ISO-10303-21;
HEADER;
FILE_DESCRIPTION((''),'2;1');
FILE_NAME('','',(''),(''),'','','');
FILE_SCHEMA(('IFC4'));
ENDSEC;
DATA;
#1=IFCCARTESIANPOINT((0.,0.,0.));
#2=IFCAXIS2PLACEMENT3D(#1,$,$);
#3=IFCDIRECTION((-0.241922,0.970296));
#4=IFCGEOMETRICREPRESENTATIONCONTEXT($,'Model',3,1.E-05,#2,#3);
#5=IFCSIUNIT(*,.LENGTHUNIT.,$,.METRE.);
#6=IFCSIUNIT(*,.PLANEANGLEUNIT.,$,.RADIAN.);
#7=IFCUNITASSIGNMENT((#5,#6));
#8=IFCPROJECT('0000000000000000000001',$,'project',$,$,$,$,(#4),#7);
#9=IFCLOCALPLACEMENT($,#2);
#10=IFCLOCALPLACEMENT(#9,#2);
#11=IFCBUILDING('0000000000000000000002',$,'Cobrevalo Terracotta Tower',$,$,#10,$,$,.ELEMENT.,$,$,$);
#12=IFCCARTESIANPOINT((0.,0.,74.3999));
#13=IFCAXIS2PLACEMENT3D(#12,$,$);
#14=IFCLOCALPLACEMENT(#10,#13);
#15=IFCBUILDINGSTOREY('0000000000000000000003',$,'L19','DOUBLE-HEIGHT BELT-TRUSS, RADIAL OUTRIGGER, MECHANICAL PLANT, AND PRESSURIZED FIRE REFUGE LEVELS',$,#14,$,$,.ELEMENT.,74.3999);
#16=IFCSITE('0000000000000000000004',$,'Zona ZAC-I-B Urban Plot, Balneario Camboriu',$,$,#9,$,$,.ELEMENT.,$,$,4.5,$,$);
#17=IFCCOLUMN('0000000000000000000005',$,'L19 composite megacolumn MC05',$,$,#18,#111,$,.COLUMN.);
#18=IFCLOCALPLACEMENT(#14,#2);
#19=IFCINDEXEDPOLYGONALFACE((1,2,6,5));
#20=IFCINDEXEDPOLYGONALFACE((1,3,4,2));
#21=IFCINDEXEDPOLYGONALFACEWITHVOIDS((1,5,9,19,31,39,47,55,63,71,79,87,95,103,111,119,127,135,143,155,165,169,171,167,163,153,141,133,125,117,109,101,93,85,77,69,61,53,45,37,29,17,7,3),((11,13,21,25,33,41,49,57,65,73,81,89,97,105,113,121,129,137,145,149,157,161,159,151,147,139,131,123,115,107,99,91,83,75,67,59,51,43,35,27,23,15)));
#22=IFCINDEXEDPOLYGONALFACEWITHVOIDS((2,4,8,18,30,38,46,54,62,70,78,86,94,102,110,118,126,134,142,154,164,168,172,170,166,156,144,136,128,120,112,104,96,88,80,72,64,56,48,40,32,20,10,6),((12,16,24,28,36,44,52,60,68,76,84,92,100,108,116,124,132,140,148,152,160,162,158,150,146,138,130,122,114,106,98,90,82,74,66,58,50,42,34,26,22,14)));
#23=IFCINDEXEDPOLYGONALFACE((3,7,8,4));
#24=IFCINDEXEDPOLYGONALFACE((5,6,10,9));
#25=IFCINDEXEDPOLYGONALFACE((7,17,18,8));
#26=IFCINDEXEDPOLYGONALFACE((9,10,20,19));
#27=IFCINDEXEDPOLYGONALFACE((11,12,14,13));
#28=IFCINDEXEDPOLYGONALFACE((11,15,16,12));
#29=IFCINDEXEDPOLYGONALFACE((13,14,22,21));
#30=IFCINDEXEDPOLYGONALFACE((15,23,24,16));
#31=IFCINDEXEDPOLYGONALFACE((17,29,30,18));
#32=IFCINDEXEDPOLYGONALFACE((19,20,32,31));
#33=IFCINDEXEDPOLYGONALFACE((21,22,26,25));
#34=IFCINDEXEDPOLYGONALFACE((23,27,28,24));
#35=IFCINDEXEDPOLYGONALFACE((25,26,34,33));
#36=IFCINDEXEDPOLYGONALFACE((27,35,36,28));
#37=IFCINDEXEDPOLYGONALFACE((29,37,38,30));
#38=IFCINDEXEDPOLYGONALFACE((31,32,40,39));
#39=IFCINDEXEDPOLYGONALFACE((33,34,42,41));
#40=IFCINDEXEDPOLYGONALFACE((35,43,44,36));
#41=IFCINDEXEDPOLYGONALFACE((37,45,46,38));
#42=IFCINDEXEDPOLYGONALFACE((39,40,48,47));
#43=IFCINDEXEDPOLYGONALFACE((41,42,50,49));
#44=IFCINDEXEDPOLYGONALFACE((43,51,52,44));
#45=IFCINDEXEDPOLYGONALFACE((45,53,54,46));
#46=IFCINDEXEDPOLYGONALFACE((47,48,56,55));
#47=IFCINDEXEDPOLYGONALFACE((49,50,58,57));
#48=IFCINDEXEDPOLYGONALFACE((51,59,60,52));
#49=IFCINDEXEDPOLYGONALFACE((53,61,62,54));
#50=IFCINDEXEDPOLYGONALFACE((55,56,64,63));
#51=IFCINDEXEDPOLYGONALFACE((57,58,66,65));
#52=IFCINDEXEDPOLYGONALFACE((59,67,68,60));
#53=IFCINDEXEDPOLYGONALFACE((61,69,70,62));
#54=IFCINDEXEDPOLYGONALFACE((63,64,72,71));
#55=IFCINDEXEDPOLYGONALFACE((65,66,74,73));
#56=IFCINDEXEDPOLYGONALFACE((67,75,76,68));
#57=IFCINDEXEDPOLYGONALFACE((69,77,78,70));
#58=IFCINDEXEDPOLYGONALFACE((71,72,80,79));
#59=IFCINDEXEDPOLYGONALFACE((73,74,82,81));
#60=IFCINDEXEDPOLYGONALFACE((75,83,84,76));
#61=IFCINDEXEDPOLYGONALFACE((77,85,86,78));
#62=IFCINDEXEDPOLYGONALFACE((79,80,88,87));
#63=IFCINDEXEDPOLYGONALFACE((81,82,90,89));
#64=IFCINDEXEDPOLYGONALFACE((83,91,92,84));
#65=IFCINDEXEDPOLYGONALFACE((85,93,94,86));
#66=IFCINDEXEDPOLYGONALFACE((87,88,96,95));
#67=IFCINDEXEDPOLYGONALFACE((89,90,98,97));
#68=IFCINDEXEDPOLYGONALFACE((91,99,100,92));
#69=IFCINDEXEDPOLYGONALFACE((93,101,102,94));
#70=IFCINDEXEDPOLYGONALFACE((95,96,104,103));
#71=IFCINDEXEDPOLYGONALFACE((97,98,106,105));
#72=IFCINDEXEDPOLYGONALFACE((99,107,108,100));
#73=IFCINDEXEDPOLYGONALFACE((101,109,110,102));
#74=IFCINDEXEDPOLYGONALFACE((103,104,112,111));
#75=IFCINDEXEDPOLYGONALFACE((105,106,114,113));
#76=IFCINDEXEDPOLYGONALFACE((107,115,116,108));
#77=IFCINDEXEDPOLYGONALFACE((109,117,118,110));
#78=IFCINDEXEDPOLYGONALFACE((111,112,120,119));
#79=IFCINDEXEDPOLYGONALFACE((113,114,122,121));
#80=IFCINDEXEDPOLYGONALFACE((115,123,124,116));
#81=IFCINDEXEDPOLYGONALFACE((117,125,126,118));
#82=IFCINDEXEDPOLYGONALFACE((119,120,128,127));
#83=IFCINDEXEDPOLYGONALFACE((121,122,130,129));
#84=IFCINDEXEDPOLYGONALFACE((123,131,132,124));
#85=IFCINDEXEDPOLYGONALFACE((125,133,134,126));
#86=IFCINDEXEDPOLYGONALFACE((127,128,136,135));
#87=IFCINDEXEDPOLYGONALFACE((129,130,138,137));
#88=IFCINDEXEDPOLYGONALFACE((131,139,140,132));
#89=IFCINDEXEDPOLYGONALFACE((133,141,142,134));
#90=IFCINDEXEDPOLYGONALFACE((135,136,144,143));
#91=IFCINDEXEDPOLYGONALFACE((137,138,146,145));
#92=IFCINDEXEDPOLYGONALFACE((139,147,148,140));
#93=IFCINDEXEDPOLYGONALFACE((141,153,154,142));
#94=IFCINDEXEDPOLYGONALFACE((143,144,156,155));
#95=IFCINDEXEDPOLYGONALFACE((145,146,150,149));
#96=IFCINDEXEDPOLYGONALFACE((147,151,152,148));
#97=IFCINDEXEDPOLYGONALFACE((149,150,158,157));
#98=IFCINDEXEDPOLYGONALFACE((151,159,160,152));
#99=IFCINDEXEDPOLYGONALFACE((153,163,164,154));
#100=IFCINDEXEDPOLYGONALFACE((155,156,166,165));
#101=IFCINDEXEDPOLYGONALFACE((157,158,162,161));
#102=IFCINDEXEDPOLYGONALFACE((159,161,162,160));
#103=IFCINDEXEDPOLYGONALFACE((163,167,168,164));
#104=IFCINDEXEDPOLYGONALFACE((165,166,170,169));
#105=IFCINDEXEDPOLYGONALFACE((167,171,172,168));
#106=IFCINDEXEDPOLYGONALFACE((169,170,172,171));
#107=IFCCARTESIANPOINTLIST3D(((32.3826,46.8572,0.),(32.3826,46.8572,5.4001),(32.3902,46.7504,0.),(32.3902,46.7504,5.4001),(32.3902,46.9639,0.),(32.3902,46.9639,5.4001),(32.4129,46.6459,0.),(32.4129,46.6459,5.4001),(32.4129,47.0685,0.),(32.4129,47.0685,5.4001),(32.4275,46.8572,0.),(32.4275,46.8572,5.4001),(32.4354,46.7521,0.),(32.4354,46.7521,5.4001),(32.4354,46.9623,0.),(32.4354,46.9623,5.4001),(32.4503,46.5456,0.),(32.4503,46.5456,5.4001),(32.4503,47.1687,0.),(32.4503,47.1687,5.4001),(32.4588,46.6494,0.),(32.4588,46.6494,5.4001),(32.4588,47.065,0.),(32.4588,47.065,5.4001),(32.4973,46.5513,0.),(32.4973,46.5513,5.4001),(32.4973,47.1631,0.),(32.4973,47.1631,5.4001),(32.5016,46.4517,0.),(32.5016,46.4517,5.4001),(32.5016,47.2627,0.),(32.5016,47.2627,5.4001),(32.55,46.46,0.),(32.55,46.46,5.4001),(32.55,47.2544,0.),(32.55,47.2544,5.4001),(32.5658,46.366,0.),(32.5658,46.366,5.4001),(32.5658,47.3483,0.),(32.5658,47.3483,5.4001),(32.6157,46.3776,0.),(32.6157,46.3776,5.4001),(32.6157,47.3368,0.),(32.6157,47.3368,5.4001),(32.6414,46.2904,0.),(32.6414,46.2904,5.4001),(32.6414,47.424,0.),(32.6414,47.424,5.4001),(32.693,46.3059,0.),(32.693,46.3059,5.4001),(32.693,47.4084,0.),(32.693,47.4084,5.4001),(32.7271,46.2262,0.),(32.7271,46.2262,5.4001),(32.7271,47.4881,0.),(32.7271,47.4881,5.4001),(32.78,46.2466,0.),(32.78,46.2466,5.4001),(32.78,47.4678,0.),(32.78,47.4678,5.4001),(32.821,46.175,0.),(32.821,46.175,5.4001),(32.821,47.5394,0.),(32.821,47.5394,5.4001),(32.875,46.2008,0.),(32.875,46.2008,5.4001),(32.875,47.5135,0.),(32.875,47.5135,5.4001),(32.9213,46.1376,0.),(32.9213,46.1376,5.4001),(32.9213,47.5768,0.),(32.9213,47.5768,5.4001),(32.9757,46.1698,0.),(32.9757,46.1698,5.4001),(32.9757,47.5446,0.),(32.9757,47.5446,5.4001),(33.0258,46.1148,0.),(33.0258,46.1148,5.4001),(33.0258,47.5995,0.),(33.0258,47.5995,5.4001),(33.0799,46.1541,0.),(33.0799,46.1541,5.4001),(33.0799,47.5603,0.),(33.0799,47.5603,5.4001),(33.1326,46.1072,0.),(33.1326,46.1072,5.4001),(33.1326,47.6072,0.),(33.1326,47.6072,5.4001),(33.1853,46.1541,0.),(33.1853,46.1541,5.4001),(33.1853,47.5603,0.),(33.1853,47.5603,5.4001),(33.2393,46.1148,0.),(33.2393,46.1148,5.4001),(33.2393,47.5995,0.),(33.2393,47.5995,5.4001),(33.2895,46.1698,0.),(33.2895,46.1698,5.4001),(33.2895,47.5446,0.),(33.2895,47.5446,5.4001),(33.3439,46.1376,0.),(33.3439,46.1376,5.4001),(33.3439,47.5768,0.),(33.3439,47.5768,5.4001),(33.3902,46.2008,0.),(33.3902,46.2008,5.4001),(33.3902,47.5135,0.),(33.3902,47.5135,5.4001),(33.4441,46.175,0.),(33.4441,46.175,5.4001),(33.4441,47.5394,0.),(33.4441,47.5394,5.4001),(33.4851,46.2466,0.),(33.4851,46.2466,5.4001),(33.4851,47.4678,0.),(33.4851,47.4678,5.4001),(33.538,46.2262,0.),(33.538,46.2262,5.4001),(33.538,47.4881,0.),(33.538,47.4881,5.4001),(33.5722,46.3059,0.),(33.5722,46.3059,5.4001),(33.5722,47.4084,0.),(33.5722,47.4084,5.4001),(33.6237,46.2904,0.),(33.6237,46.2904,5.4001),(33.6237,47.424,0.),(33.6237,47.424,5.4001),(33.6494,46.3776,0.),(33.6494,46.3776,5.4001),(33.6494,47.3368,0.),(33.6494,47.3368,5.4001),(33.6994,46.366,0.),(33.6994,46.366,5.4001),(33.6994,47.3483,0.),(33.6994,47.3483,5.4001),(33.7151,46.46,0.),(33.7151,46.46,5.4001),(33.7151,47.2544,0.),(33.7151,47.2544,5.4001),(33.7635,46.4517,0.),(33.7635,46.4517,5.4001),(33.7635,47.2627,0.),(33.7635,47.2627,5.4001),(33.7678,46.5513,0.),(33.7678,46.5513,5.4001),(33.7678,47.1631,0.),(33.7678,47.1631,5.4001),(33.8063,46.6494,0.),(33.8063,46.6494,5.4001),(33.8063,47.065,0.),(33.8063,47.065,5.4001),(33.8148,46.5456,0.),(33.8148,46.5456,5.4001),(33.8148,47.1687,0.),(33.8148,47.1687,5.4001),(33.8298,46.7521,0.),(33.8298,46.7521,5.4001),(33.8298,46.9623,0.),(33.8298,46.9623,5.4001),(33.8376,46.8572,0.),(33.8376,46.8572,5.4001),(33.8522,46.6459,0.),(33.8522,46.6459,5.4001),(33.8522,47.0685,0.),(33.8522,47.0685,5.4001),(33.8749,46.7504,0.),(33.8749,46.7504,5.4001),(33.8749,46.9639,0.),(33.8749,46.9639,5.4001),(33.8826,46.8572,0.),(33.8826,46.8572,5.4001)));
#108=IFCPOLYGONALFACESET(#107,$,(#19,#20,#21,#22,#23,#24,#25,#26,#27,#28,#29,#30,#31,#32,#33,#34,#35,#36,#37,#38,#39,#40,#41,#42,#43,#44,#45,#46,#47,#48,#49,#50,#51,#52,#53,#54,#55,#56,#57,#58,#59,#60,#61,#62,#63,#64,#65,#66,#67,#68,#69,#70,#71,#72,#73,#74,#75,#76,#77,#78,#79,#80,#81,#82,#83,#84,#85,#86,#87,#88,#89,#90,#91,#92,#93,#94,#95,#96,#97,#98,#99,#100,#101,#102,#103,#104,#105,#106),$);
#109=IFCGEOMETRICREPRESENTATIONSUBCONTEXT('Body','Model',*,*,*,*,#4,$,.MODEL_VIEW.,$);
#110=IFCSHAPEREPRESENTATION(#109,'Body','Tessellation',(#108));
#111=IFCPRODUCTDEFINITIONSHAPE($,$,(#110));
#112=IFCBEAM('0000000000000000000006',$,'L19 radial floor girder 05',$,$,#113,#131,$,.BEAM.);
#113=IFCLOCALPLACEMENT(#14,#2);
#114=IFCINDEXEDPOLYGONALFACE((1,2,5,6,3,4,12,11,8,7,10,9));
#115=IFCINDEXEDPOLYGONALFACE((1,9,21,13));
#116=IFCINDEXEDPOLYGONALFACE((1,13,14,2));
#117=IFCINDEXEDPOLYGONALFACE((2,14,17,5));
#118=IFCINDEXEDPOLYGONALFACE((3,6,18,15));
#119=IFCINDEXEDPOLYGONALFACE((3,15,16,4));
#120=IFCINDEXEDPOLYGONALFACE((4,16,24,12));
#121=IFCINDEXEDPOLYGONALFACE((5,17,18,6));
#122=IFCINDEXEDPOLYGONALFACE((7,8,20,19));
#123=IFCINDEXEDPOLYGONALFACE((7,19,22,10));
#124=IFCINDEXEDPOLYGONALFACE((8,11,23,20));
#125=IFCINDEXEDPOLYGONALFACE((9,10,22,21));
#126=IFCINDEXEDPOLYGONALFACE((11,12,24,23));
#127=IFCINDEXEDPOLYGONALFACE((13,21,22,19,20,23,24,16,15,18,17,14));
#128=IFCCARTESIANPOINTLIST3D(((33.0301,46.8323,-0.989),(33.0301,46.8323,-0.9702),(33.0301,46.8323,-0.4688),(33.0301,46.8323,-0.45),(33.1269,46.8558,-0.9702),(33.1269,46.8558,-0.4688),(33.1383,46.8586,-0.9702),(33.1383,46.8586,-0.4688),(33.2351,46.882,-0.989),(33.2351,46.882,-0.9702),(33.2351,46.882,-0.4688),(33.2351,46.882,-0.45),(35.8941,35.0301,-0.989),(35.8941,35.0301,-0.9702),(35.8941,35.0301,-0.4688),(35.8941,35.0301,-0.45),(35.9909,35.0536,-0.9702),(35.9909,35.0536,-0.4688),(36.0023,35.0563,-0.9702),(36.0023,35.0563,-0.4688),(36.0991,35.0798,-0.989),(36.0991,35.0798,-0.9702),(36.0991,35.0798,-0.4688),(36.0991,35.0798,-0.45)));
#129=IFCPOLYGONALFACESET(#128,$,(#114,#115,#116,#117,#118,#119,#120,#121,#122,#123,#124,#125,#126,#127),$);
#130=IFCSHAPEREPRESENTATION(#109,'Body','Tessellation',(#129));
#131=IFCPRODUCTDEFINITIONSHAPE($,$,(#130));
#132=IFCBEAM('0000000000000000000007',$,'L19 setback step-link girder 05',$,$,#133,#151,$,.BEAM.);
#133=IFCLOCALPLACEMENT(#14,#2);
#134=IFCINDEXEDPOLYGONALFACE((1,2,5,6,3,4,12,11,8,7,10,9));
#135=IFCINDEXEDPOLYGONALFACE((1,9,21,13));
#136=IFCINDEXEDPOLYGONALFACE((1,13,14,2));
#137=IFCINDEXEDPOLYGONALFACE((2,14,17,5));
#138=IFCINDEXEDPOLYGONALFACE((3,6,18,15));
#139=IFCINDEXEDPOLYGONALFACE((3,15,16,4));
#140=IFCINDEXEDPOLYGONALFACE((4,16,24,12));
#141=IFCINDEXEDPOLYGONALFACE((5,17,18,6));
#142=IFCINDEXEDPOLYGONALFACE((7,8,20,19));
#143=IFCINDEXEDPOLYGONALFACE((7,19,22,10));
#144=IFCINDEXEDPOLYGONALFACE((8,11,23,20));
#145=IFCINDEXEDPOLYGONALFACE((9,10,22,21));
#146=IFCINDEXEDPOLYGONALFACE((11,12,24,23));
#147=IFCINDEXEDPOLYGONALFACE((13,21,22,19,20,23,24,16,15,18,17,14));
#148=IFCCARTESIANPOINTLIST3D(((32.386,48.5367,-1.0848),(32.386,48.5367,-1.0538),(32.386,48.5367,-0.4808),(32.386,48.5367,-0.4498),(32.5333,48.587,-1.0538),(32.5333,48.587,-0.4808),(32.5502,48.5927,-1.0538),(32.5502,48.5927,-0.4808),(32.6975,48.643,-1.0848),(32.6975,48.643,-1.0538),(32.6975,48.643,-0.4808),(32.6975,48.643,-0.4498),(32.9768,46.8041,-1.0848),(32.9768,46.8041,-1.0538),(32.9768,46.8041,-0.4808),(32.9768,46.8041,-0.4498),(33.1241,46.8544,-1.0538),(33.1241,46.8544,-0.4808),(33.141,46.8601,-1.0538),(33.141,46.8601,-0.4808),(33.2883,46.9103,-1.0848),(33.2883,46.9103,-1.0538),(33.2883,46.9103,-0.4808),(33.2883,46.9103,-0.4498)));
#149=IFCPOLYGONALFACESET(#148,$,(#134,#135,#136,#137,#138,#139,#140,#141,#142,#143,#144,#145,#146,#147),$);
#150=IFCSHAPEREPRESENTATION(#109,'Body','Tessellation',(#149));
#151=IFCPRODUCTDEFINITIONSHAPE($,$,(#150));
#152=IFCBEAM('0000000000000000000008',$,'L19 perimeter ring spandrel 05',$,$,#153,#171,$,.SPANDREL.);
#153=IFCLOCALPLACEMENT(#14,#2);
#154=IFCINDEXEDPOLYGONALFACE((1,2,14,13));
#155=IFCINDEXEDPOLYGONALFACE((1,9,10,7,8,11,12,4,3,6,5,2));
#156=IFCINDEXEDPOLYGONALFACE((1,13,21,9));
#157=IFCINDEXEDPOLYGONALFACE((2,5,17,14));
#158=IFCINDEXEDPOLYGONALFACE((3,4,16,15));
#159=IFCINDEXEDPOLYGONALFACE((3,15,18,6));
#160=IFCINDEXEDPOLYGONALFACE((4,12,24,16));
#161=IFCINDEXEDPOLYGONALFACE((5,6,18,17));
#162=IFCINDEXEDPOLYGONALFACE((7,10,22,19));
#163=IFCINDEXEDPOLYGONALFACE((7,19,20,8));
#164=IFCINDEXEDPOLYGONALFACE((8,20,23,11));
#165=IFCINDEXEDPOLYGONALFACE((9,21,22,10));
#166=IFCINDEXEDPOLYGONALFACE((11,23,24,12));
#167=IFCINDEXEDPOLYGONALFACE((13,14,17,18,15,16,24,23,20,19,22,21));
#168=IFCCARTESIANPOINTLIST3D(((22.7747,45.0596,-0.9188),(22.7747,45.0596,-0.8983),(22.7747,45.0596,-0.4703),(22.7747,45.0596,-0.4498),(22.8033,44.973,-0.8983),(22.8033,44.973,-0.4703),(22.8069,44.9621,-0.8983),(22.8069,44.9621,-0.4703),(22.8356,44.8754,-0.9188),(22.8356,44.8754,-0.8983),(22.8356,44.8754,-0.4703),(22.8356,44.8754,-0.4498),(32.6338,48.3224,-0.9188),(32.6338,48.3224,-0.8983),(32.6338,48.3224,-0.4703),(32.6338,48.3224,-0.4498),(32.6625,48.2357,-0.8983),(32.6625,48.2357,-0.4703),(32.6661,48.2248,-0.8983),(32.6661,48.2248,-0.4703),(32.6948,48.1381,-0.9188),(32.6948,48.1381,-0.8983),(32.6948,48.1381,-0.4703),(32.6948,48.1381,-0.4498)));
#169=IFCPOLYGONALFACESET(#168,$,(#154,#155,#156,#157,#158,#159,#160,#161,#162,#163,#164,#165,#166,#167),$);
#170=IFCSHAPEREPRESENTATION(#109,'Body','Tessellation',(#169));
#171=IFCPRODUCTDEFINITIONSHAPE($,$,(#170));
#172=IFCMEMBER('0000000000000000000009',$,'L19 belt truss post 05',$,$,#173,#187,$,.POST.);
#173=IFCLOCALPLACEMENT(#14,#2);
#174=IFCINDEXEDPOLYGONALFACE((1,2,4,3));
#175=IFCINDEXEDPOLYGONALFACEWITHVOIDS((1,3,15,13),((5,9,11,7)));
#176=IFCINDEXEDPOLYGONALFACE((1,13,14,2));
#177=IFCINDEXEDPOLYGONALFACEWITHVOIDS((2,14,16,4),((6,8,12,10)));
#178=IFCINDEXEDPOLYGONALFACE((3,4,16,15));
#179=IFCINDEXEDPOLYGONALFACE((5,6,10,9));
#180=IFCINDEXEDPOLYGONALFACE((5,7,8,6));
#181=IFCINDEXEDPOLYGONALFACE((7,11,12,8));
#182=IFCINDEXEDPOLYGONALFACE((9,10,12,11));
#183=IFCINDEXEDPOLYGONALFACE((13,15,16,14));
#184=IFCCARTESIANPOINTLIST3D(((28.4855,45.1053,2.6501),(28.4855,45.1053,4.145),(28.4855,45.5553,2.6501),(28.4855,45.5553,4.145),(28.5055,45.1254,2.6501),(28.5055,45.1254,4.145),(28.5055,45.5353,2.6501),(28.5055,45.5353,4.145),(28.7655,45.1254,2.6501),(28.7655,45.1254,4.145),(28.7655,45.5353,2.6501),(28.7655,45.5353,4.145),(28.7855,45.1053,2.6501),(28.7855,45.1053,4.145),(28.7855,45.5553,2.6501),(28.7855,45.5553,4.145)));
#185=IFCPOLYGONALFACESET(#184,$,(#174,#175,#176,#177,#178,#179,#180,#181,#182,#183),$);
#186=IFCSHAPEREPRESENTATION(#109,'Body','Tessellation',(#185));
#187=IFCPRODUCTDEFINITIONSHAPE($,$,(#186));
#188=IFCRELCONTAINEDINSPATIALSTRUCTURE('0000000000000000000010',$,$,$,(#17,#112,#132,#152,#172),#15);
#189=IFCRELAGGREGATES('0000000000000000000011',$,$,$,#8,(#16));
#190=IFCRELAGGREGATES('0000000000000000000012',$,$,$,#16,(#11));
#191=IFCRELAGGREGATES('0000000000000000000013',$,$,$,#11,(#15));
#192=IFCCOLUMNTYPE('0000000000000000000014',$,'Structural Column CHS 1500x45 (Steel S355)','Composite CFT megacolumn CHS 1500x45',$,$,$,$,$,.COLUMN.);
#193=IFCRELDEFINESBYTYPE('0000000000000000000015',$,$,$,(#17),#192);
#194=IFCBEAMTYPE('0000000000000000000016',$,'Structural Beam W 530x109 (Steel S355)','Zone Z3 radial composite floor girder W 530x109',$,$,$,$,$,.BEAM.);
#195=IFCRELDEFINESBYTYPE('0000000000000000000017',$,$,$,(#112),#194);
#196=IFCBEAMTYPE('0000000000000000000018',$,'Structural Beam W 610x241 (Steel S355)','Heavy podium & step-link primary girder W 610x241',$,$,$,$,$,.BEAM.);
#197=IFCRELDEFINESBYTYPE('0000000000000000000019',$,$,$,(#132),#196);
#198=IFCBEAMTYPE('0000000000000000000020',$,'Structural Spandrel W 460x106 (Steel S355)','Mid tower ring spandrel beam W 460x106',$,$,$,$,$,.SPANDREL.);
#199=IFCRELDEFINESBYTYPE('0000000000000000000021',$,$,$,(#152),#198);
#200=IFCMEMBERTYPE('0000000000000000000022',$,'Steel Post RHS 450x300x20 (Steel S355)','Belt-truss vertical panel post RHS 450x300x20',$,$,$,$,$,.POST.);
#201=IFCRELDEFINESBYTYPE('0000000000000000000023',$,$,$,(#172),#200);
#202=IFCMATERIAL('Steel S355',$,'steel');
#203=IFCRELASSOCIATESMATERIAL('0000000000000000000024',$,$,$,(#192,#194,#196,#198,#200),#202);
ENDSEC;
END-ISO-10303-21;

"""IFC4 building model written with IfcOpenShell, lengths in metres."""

from ifc_helpers import new_model, si_unit, direction, frame, origin, origin_2d, place, context, subcontext, project, spatial, hollow_rectangle, hollow_circle, i_section, extrude, source, transform, mapped, material, material_profile, profile_set, type_object, element, save


model = new_model("IFC4")

# Units and contexts
model_context = context("Model", 3, precision=1e-05, world=origin(), true_north=direction((-0.241922, 0.970296)))
body_context = subcontext(model_context, "Body", "Model", "MODEL_VIEW")
ifc_project = project(units=[si_unit("LENGTHUNIT", "METRE"), si_unit("PLANEANGLEUNIT", "RADIAN")], contexts=[model_context])

# Site, building, storey
site_placement = place(None, origin())
site = spatial("IfcSite", under=ifc_project, at=site_placement, Name="Zona ZAC-I-B Urban Plot, Balneario Camboriu", CompositionType="ELEMENT", RefElevation=4.5)
building_placement = place(site_placement, origin())
building = spatial("IfcBuilding", under=site, at=building_placement, Name="Cobrevalo Terracotta Tower", CompositionType="ELEMENT")
storey_placement = place(building_placement, frame((0.0, 0.0, 74.3999)))
storey = spatial("IfcBuildingStorey", under=building, at=storey_placement, Name="L19", Description="DOUBLE-HEIGHT BELT-TRUSS, RADIAL OUTRIGGER, MECHANICAL PLANT, AND PRESSURIZED FIRE REFUGE LEVELS", CompositionType="ELEMENT", Elevation=74.3999)

# Column
ifc_material_1 = material(Name="Steel S355", Category="steel")
ifc_material_profile_1 = material_profile(ifc_material_1, hollow_circle(Radius=0.75, WallThickness=0.0449, at=origin_2d()), Name="CHS 1500x45")
ifc_profile_set_1 = profile_set([ifc_material_profile_1], Name="Steel S355")
column_type = type_object("IfcColumnType", Name="Structural Column CHS 1500x45 (Steel S355)", Description="Composite CFT megacolumn CHS 1500x45", PredefinedType="COLUMN", material=ifc_profile_set_1)
column_placement = place(storey_placement, frame((33.1326, 46.8572, 0.0), z_axis=(0.0, 0.0, 1.0), x_axis=(1.0, 0.0, 0.0)))
element("IfcColumn", 1, at=column_placement, inside=storey, type_object=column_type, Name="L19 composite megacolumn MC05", PredefinedType="COLUMN", context=body_context, shape_type="SweptSolid", body=[
    extrude(hollow_circle(Radius=0.75, WallThickness=0.0449, at=origin_2d()), origin(), (0.0, 0.0, 1.0), 5.4001),
])

# Beams
ifc_material_profile_2 = material_profile(ifc_material_1, i_section(OverallWidth=0.2109, OverallDepth=0.5391, WebThickness=0.0117, FlangeThickness=0.0188, at=origin_2d()), Name="W 530x109")
ifc_profile_set_2 = profile_set([ifc_material_profile_2], Name="Steel S355")
beam_type_1 = type_object("IfcBeamType", Name="Structural Beam W 530x109 (Steel S355)", Description="Zone Z3 radial composite floor girder W 530x109", PredefinedType="BEAM", material=ifc_profile_set_2)
beam_1_placement = place(storey_placement, frame((33.1326, 46.8572, -0.7195), z_axis=(0.235823, -0.971796, 0.0), x_axis=(0.971796, 0.235823, 0.0)))
element("IfcBeam", 2, at=beam_1_placement, inside=storey, type_object=beam_type_1, Name="L19 radial floor girder 05", PredefinedType="BEAM", context=body_context, shape_type="SweptSolid", body=[
    extrude(i_section(OverallWidth=0.2109, OverallDepth=0.5391, WebThickness=0.0117, FlangeThickness=0.0188, at=origin_2d()), origin(), (0.0, 0.0, 1.0), 12.1448),
])
ifc_material_profile_3 = material_profile(ifc_material_1, i_section(OverallWidth=0.3291, OverallDepth=0.635, WebThickness=0.0178, FlangeThickness=0.031, at=origin_2d()), Name="W 610x241")
ifc_profile_set_3 = profile_set([ifc_material_profile_3], Name="Steel S355")
beam_type_2 = type_object("IfcBeamType", Name="Structural Beam W 610x241 (Steel S355)", Description="Heavy podium & step-link primary girder W 610x241", PredefinedType="BEAM", material=ifc_profile_set_3)
beam_2_placement = place(storey_placement, frame((32.5417, 48.5898, -0.7673), z_axis=(0.322742, -0.946487, 0.0), x_axis=(0.946487, 0.322742, 0.0)))
element("IfcBeam", 3, at=beam_2_placement, inside=storey, type_object=beam_type_2, Name="L19 setback step-link girder 05", PredefinedType="BEAM", context=body_context, shape_type="SweptSolid", body=[
    extrude(i_section(OverallWidth=0.3291, OverallDepth=0.635, WebThickness=0.0178, FlangeThickness=0.031, at=origin_2d()), origin(), (0.0, 0.0, 1.0), 1.8306),
])
ifc_material_profile_4 = material_profile(ifc_material_1, i_section(OverallWidth=0.1941, OverallDepth=0.469, WebThickness=0.0115, FlangeThickness=0.0205, at=origin_2d()), Name="W 460x106")
ifc_profile_set_4 = profile_set([ifc_material_profile_4], Name="Steel S355")
beam_type_3 = type_object("IfcBeamType", Name="Structural Spandrel W 460x106 (Steel S355)", Description="Mid tower ring spandrel beam W 460x106", PredefinedType="SPANDREL", material=ifc_profile_set_4)
beam_3_placement = place(storey_placement, frame((32.6643, 48.2302, -0.6843), z_axis=(-0.949365, -0.314175, 0.0), x_axis=(0.314175, -0.949365, 0.0)))
element("IfcBeam", 4, at=beam_3_placement, inside=storey, type_object=beam_type_3, Name="L19 perimeter ring spandrel 05", PredefinedType="SPANDREL", context=body_context, shape_type="SweptSolid", body=[
    extrude(i_section(OverallWidth=0.1941, OverallDepth=0.469, WebThickness=0.0115, FlangeThickness=0.0205, at=origin_2d()), origin(), (0.0, 0.0, 1.0), 10.385),
])

# Member
ifc_material_profile_5 = material_profile(ifc_material_1, hollow_rectangle(XDim=0.3, YDim=0.45, WallThickness=0.02, at=origin_2d()), Name="RHS 450x300x20")
ifc_profile_set_5 = profile_set([ifc_material_profile_5], Name="Steel S355")
member_type_1 = type_object("IfcMemberType", Name="Steel Post RHS 450x300x20 (Steel S355)", Description="Belt-truss vertical panel post RHS 450x300x20", PredefinedType="POST", material=ifc_profile_set_5)
shared_shape_1 = source(origin(), body_context, "Body", "SweptSolid", [
    extrude(hollow_rectangle(XDim=0.3, YDim=0.45, WallThickness=0.02, at=origin_2d()), origin(), (0.0, 0.0, 1.0), 1.4949),
])
member_1_placement = place(storey_placement, frame((28.6355, 45.3303, 2.6501), z_axis=(0.0, 0.0, 1.0), x_axis=(1.0, 0.0, 0.0)))
element("IfcMember", 5, at=member_1_placement, inside=storey, type_object=member_type_1, Name="L19 belt truss post 05", PredefinedType="POST", context=body_context, shape_type="MappedRepresentation", body=[
    mapped(shared_shape_1, transform((0.0, 0.0, 0.0), scale=1.0)),
])

save(model, "model.ifc")
